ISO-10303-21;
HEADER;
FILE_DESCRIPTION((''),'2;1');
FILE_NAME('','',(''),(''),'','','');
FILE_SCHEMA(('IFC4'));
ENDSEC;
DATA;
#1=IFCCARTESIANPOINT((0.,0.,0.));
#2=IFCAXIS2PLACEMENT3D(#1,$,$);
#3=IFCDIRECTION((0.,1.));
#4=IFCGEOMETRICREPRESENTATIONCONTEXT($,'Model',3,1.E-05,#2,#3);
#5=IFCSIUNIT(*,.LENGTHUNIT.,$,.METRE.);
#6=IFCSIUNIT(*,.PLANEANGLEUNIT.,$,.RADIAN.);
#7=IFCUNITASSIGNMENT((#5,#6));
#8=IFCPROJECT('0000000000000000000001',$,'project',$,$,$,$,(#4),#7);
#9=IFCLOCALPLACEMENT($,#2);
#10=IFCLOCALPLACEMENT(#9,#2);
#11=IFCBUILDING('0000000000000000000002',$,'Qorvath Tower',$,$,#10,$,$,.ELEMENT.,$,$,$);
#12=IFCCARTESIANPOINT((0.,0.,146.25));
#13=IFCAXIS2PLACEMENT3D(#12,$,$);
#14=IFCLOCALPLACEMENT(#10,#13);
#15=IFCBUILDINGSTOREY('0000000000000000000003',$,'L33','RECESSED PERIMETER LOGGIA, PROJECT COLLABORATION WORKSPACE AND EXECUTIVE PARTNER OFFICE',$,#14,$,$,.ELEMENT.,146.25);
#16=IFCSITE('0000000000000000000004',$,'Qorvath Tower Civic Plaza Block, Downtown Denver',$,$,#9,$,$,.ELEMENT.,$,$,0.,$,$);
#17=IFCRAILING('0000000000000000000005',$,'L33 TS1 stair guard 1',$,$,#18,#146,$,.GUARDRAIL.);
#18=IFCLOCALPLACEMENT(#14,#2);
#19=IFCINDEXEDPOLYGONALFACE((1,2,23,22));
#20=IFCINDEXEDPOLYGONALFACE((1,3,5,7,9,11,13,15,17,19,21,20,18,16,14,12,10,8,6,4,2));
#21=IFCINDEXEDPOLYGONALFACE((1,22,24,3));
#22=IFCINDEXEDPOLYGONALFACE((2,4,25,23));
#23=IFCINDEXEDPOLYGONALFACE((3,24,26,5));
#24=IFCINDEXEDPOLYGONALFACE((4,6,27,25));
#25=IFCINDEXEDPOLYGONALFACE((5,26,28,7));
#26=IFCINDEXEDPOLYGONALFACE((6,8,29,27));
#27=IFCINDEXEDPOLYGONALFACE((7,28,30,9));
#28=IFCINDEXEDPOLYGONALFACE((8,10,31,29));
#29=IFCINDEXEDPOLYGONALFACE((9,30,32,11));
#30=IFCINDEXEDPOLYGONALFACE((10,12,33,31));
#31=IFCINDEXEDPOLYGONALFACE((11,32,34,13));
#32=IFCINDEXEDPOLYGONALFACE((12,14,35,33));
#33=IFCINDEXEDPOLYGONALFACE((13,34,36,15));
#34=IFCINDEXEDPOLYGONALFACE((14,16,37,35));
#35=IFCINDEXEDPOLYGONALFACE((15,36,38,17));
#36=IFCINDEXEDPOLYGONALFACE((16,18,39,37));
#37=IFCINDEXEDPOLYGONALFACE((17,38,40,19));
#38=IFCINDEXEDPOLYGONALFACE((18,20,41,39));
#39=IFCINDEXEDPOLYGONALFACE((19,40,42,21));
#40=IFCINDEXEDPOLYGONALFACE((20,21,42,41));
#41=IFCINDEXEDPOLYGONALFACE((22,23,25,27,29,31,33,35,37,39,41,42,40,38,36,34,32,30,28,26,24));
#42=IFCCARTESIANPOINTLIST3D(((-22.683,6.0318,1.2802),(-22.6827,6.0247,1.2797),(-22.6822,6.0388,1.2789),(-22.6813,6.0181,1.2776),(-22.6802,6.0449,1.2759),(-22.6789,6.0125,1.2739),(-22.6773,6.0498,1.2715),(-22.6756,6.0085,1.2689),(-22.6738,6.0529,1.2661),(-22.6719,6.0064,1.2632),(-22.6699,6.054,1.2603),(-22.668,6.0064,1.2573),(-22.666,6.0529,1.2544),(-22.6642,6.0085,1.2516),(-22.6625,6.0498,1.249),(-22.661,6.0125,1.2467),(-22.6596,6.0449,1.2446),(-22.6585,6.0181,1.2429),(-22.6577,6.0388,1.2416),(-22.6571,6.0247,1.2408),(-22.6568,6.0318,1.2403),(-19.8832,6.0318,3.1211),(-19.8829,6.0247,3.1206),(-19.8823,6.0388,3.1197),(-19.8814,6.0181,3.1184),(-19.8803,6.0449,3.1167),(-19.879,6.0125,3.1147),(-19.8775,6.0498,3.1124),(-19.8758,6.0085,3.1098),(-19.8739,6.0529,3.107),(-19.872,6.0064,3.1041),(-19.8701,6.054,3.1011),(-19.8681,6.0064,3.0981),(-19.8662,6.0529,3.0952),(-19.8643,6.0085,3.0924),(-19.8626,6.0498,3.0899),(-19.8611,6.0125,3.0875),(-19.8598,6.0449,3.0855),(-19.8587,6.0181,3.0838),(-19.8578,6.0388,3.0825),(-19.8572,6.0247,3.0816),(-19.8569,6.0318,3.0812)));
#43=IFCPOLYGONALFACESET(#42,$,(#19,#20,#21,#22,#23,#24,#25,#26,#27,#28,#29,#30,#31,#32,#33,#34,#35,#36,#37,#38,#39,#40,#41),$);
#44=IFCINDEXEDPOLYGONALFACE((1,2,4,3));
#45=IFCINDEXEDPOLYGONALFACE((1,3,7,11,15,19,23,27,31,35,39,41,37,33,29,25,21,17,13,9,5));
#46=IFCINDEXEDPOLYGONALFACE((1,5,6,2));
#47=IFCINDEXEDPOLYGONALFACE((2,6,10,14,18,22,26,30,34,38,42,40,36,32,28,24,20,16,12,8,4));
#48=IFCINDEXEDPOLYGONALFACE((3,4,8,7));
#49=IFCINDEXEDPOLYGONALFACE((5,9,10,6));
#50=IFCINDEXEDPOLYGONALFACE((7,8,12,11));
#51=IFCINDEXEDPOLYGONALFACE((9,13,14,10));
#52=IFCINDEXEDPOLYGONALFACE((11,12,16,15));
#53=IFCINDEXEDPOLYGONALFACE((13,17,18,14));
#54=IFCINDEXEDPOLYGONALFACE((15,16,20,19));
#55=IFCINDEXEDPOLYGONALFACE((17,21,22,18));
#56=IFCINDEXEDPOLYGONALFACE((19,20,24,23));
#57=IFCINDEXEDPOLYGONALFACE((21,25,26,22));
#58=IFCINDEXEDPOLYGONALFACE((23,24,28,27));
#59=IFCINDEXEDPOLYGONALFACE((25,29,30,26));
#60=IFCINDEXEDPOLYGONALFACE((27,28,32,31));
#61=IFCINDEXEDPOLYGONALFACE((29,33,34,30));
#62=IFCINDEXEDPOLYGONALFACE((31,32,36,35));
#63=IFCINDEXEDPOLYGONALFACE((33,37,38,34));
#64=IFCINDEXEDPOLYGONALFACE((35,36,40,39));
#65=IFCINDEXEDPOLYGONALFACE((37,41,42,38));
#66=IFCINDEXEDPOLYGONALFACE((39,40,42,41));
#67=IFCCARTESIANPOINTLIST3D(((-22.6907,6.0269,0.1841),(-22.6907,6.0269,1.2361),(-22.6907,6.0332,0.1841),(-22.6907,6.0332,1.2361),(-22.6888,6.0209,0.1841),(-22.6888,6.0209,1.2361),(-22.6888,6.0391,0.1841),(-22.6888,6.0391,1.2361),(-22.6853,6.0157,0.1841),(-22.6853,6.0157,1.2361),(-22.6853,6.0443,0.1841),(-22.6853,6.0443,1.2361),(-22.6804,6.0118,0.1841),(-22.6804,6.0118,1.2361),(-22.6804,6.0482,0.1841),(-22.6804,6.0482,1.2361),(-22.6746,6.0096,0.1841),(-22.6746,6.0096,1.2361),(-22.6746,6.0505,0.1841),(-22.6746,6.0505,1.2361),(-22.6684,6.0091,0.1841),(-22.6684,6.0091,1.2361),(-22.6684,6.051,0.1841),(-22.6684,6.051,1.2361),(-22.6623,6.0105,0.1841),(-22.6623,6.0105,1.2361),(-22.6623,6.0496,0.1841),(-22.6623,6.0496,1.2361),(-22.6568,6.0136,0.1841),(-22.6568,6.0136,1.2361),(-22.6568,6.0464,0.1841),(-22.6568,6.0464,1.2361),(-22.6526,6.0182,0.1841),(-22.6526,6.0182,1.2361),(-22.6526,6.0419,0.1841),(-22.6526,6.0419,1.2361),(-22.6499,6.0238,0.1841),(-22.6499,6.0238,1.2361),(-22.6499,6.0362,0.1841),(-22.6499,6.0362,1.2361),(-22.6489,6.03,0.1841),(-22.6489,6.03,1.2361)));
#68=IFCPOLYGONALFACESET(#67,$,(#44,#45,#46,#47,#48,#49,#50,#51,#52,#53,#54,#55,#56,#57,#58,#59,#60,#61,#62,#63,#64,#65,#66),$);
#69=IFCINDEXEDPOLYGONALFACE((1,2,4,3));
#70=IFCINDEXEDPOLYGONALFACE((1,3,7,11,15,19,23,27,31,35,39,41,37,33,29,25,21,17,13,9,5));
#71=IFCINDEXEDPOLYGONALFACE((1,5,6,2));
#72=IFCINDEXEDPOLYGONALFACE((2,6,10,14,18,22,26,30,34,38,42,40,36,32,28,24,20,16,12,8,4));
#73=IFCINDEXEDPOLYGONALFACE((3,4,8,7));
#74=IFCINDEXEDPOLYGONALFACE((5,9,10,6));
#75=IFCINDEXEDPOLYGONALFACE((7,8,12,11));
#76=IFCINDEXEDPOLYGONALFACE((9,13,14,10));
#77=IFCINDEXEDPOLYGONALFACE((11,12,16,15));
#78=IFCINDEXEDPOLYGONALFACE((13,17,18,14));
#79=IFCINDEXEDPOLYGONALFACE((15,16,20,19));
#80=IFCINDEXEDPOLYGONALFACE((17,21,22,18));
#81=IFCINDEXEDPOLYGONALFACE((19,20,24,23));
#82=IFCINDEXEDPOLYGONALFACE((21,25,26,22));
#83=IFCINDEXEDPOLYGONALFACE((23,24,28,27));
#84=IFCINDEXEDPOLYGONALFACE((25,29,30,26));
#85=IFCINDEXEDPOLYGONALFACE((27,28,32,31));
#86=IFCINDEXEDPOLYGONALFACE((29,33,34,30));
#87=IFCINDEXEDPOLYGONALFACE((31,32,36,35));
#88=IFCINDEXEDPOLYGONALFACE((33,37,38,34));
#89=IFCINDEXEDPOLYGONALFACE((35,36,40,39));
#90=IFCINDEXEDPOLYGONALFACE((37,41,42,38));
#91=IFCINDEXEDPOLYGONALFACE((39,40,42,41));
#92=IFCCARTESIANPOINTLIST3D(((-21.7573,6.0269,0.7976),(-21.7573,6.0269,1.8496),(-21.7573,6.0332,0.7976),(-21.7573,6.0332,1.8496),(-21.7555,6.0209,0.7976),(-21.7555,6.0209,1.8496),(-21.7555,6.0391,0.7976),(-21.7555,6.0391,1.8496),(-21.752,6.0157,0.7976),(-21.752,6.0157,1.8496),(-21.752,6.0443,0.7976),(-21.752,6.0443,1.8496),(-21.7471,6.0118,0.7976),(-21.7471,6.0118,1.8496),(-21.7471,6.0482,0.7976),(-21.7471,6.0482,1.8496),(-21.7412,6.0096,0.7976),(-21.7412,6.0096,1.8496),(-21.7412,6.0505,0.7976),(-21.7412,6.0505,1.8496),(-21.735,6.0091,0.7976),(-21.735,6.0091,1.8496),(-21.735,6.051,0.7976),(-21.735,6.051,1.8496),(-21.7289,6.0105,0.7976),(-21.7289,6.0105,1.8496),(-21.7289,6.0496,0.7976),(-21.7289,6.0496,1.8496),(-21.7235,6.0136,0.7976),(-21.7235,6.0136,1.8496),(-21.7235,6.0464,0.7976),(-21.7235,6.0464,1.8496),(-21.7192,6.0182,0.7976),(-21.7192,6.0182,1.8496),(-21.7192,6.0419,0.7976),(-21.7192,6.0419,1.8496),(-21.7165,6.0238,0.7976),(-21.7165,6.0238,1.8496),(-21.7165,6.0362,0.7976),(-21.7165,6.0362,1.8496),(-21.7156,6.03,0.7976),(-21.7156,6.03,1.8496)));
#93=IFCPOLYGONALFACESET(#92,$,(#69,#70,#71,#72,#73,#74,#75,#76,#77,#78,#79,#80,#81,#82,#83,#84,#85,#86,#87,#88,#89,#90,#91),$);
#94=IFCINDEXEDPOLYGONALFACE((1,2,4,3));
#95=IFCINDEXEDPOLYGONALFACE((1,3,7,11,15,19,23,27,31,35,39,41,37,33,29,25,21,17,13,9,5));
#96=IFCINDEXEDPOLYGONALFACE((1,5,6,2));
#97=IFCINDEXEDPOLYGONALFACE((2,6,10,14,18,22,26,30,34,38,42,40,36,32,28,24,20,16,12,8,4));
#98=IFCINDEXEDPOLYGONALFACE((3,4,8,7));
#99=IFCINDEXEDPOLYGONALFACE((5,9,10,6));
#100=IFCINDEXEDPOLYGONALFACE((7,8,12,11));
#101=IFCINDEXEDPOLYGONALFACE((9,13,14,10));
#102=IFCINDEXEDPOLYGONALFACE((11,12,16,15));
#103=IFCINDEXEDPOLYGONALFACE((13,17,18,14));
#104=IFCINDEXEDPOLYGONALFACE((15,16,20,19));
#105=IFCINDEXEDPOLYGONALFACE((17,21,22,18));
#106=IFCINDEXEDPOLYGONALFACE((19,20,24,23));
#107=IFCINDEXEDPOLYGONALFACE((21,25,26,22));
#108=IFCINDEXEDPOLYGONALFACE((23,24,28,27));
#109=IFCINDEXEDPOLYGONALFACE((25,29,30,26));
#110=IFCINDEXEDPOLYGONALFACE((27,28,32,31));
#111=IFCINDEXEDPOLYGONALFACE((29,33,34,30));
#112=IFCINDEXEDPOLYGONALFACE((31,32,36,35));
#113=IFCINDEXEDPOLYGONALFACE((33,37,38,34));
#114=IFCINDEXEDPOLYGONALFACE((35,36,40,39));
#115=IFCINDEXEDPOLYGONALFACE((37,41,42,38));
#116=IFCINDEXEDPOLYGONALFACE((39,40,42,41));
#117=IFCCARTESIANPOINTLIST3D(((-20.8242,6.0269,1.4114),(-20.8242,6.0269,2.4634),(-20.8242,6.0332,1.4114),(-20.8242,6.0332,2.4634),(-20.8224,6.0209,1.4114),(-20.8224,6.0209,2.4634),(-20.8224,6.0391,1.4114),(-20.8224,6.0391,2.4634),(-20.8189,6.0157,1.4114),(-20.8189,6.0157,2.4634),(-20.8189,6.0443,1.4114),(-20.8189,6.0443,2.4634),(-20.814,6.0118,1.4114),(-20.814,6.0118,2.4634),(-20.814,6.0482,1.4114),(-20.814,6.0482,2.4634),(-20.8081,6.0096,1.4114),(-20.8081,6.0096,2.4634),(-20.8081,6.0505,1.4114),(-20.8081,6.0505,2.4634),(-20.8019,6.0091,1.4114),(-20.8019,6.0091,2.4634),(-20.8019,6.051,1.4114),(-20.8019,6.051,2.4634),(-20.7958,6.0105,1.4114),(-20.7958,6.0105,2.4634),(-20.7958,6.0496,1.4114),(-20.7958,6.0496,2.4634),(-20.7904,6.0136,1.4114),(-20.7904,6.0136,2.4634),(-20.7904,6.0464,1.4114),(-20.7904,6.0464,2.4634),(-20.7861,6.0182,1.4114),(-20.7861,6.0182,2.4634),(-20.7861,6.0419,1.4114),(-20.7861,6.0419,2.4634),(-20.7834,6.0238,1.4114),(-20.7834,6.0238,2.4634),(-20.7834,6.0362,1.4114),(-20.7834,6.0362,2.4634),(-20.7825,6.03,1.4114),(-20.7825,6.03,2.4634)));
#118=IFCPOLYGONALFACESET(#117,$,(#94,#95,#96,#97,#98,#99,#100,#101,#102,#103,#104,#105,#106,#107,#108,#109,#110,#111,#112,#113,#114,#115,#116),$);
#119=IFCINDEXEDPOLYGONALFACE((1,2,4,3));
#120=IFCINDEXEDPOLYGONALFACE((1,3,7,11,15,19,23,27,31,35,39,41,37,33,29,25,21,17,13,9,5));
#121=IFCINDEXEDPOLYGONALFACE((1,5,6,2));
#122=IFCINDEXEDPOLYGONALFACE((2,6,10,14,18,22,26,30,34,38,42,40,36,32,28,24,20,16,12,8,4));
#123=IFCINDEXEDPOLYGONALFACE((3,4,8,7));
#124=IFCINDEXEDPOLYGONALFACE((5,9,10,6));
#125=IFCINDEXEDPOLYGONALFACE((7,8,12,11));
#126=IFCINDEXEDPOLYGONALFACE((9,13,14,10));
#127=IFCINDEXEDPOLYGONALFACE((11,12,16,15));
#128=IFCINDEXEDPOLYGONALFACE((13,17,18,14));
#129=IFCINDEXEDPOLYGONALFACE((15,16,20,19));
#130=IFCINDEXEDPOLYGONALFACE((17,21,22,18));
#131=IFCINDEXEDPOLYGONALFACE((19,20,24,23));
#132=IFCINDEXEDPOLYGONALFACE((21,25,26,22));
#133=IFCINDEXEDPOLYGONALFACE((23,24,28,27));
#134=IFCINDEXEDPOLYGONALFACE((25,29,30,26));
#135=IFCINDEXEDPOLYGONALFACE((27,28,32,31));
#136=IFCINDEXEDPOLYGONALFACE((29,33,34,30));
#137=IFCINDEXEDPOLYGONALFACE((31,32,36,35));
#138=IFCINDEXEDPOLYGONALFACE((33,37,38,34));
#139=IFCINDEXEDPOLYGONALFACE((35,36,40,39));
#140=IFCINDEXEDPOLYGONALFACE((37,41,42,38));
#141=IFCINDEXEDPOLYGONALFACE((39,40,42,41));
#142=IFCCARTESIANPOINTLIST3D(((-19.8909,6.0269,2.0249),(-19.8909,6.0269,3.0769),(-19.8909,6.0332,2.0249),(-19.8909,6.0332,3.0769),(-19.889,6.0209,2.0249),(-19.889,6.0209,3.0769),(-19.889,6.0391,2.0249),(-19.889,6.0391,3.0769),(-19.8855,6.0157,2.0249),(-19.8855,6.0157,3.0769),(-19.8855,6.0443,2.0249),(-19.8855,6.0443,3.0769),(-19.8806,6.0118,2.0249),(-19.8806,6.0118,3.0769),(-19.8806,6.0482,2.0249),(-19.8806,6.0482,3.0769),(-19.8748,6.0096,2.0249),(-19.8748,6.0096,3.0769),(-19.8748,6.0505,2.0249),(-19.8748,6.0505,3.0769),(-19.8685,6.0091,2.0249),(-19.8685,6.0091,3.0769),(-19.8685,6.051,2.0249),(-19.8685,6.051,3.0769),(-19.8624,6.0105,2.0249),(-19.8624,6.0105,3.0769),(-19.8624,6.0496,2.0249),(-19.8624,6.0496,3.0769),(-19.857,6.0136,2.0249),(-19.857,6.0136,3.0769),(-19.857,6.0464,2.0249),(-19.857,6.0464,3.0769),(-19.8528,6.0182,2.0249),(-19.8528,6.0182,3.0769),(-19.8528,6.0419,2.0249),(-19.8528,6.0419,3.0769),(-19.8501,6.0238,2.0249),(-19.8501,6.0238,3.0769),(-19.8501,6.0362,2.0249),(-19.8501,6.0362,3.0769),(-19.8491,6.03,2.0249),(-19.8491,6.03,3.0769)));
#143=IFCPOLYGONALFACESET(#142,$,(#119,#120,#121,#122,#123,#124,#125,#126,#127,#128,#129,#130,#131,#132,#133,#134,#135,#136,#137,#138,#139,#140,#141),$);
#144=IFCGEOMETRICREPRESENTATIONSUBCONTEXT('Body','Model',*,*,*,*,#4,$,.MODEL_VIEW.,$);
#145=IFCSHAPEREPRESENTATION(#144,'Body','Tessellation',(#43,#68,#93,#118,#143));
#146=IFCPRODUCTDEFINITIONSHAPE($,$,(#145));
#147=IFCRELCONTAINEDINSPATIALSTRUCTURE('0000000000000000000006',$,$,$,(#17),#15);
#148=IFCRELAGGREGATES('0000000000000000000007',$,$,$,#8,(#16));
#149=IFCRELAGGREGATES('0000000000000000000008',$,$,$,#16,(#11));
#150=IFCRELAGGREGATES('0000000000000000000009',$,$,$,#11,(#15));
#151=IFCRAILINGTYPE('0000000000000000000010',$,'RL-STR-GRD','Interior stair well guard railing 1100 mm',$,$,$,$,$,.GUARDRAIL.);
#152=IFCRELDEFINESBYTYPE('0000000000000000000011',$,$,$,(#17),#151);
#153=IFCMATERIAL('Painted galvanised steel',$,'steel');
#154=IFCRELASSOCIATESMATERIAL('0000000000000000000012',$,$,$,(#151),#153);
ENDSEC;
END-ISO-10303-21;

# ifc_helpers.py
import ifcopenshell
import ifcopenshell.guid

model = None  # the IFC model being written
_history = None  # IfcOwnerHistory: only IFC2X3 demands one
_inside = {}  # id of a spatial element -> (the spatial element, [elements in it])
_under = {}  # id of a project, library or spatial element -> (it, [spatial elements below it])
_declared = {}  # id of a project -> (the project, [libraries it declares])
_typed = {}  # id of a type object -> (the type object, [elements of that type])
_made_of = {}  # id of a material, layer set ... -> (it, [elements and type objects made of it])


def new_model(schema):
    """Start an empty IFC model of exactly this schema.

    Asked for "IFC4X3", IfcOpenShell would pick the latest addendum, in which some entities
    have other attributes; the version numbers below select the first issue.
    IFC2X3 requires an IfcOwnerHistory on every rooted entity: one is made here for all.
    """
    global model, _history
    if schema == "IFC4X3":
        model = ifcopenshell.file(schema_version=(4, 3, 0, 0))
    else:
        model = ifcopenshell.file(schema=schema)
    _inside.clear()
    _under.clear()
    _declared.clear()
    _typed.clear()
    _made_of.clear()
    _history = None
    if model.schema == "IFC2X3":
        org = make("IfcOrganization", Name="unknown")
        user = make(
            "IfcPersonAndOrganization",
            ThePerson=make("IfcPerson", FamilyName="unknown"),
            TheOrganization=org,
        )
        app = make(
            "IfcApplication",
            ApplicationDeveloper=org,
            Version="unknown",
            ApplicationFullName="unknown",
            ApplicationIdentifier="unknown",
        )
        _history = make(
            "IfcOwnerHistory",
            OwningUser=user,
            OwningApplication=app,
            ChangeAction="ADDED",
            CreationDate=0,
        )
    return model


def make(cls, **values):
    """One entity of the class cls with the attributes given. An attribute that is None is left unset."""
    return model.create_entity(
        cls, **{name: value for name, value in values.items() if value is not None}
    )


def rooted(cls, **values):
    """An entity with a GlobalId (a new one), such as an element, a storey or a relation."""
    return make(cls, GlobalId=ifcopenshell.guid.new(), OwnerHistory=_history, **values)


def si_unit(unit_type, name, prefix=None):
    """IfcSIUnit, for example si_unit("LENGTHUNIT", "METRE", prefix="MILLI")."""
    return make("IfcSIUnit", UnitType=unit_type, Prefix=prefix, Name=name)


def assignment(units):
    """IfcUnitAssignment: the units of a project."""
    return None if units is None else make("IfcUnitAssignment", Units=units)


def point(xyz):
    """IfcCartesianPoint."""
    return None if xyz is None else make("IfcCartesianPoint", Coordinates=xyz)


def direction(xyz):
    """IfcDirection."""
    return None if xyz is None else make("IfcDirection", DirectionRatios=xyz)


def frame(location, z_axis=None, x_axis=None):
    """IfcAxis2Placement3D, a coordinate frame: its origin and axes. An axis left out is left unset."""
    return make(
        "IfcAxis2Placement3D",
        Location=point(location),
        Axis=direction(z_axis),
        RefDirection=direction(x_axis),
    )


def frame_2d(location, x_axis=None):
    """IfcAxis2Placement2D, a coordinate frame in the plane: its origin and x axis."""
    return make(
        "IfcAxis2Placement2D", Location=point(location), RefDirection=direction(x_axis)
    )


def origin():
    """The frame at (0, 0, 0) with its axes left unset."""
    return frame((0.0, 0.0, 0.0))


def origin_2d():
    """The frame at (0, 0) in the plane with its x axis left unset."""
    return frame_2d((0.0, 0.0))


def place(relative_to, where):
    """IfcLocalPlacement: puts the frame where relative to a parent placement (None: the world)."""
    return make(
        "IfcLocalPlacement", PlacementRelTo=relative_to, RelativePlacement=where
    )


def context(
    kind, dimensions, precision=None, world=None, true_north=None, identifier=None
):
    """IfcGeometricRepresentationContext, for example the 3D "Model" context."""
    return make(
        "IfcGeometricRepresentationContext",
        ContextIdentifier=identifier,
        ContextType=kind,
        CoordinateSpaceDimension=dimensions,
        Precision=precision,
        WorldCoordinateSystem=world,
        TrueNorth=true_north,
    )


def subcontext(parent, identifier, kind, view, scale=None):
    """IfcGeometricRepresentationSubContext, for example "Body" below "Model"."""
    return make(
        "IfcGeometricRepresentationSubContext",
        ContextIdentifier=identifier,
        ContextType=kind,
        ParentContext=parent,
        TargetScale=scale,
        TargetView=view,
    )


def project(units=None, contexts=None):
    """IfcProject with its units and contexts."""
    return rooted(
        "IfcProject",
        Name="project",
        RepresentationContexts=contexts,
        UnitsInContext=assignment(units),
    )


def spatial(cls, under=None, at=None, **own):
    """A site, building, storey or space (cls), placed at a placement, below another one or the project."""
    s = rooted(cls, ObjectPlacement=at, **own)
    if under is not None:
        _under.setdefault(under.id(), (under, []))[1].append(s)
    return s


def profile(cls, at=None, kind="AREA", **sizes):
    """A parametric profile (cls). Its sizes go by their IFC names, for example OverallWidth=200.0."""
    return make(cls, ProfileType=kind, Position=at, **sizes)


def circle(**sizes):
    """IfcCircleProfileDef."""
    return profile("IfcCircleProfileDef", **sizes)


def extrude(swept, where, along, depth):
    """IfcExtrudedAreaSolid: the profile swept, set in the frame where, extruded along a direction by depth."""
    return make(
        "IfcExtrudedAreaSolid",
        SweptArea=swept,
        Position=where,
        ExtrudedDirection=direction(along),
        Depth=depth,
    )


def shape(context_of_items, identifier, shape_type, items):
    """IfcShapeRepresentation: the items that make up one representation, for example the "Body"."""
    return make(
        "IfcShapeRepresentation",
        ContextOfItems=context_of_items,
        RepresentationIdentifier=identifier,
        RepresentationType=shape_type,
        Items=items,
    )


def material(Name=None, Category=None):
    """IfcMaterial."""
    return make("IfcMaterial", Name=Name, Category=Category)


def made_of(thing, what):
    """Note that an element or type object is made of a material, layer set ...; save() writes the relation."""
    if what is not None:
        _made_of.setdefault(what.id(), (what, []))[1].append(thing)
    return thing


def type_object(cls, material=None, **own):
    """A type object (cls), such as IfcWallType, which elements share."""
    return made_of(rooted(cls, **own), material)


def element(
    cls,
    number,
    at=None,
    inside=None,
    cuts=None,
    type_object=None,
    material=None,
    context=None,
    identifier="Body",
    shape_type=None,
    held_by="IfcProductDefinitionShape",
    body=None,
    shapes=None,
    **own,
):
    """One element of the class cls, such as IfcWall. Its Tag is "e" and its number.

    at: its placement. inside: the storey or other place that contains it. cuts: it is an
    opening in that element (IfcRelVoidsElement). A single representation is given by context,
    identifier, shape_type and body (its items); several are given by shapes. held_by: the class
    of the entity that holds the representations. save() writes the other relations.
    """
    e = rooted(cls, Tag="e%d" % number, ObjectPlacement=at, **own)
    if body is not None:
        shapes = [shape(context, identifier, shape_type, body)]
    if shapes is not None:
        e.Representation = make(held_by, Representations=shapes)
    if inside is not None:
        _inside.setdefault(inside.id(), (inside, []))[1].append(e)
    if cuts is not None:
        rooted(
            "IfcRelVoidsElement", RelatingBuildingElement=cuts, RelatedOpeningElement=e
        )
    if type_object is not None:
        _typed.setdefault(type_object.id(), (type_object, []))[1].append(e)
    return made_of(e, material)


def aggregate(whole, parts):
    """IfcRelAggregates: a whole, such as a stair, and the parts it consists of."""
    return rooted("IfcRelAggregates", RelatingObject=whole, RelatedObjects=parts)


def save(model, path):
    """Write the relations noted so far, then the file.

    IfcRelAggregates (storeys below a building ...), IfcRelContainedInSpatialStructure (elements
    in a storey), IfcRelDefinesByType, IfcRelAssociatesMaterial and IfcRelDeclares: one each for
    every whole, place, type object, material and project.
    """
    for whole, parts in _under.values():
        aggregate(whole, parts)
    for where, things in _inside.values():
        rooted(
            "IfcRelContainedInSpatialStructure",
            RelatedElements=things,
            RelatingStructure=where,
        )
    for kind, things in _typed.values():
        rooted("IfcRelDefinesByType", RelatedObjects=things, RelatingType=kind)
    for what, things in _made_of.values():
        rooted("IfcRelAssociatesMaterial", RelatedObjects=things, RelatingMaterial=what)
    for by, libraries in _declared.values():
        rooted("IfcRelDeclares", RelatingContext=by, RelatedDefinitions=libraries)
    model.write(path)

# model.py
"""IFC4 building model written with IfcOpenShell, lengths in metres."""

from ifc_helpers import new_model, si_unit, direction, frame, origin, origin_2d, place, context, subcontext, project, spatial, circle, extrude, material, type_object, element, save


model = new_model("IFC4")

# Units and contexts
model_context = context("Model", 3, precision=1e-05, world=origin(), true_north=direction((0.0, 1.0)))
body_context = subcontext(model_context, "Body", "Model", "MODEL_VIEW")
ifc_project = project(units=[si_unit("LENGTHUNIT", "METRE"), si_unit("PLANEANGLEUNIT", "RADIAN")], contexts=[model_context])

# Site, building, storey
site_placement = place(None, origin())
site = spatial("IfcSite", under=ifc_project, at=site_placement, Name="Qorvath Tower Civic Plaza Block, Downtown Denver", CompositionType="ELEMENT", RefElevation=0.0)
building_placement = place(site_placement, origin())
building = spatial("IfcBuilding", under=site, at=building_placement, Name="Qorvath Tower", CompositionType="ELEMENT")
storey_placement = place(building_placement, frame((0.0, 0.0, 146.25)))
storey = spatial("IfcBuildingStorey", under=building, at=storey_placement, Name="L33", Description="RECESSED PERIMETER LOGGIA, PROJECT COLLABORATION WORKSPACE AND EXECUTIVE PARTNER OFFICE", CompositionType="ELEMENT", Elevation=146.25)

# Railing
ifc_material_1 = material(Name="Painted galvanised steel", Category="steel")
railing_type_1 = type_object("IfcRailingType", Name="RL-STR-GRD", Description="Interior stair well guard railing 1100 mm", PredefinedType="GUARDRAIL", material=ifc_material_1)
railing_1_placement = place(storey_placement, frame((-22.6699, 6.03, 0.1841)))
element("IfcRailing", 1, at=railing_1_placement, inside=storey, type_object=railing_type_1, Name="L33 TS1 stair guard 1", PredefinedType="GUARDRAIL", context=body_context, shape_type="SweptSolid", body=[
    extrude(circle(Radius=0.0239, at=origin_2d()), frame((0.0, 0.0, 1.0762), z_axis=(0.835576, 0.0, 0.549376), x_axis=(0.0, 1.0, 0.0)), (0.0, 0.0, 1.0), 3.3508),
    extrude(circle(Radius=0.021, at=origin_2d()), origin(), (0.0, 0.0, 1.0), 1.052),
    extrude(circle(Radius=0.021, at=origin_2d()), frame((0.9333, 0.0, 0.6135)), (0.0, 0.0, 1.0), 1.052),
    extrude(circle(Radius=0.021, at=origin_2d()), frame((1.8665, 0.0, 1.2273)), (0.0, 0.0, 1.0), 1.052),
    extrude(circle(Radius=0.021, at=origin_2d()), frame((2.7998, 0.0, 1.8408)), (0.0, 0.0, 1.0), 1.052),
])

save(model, "model.ifc")
